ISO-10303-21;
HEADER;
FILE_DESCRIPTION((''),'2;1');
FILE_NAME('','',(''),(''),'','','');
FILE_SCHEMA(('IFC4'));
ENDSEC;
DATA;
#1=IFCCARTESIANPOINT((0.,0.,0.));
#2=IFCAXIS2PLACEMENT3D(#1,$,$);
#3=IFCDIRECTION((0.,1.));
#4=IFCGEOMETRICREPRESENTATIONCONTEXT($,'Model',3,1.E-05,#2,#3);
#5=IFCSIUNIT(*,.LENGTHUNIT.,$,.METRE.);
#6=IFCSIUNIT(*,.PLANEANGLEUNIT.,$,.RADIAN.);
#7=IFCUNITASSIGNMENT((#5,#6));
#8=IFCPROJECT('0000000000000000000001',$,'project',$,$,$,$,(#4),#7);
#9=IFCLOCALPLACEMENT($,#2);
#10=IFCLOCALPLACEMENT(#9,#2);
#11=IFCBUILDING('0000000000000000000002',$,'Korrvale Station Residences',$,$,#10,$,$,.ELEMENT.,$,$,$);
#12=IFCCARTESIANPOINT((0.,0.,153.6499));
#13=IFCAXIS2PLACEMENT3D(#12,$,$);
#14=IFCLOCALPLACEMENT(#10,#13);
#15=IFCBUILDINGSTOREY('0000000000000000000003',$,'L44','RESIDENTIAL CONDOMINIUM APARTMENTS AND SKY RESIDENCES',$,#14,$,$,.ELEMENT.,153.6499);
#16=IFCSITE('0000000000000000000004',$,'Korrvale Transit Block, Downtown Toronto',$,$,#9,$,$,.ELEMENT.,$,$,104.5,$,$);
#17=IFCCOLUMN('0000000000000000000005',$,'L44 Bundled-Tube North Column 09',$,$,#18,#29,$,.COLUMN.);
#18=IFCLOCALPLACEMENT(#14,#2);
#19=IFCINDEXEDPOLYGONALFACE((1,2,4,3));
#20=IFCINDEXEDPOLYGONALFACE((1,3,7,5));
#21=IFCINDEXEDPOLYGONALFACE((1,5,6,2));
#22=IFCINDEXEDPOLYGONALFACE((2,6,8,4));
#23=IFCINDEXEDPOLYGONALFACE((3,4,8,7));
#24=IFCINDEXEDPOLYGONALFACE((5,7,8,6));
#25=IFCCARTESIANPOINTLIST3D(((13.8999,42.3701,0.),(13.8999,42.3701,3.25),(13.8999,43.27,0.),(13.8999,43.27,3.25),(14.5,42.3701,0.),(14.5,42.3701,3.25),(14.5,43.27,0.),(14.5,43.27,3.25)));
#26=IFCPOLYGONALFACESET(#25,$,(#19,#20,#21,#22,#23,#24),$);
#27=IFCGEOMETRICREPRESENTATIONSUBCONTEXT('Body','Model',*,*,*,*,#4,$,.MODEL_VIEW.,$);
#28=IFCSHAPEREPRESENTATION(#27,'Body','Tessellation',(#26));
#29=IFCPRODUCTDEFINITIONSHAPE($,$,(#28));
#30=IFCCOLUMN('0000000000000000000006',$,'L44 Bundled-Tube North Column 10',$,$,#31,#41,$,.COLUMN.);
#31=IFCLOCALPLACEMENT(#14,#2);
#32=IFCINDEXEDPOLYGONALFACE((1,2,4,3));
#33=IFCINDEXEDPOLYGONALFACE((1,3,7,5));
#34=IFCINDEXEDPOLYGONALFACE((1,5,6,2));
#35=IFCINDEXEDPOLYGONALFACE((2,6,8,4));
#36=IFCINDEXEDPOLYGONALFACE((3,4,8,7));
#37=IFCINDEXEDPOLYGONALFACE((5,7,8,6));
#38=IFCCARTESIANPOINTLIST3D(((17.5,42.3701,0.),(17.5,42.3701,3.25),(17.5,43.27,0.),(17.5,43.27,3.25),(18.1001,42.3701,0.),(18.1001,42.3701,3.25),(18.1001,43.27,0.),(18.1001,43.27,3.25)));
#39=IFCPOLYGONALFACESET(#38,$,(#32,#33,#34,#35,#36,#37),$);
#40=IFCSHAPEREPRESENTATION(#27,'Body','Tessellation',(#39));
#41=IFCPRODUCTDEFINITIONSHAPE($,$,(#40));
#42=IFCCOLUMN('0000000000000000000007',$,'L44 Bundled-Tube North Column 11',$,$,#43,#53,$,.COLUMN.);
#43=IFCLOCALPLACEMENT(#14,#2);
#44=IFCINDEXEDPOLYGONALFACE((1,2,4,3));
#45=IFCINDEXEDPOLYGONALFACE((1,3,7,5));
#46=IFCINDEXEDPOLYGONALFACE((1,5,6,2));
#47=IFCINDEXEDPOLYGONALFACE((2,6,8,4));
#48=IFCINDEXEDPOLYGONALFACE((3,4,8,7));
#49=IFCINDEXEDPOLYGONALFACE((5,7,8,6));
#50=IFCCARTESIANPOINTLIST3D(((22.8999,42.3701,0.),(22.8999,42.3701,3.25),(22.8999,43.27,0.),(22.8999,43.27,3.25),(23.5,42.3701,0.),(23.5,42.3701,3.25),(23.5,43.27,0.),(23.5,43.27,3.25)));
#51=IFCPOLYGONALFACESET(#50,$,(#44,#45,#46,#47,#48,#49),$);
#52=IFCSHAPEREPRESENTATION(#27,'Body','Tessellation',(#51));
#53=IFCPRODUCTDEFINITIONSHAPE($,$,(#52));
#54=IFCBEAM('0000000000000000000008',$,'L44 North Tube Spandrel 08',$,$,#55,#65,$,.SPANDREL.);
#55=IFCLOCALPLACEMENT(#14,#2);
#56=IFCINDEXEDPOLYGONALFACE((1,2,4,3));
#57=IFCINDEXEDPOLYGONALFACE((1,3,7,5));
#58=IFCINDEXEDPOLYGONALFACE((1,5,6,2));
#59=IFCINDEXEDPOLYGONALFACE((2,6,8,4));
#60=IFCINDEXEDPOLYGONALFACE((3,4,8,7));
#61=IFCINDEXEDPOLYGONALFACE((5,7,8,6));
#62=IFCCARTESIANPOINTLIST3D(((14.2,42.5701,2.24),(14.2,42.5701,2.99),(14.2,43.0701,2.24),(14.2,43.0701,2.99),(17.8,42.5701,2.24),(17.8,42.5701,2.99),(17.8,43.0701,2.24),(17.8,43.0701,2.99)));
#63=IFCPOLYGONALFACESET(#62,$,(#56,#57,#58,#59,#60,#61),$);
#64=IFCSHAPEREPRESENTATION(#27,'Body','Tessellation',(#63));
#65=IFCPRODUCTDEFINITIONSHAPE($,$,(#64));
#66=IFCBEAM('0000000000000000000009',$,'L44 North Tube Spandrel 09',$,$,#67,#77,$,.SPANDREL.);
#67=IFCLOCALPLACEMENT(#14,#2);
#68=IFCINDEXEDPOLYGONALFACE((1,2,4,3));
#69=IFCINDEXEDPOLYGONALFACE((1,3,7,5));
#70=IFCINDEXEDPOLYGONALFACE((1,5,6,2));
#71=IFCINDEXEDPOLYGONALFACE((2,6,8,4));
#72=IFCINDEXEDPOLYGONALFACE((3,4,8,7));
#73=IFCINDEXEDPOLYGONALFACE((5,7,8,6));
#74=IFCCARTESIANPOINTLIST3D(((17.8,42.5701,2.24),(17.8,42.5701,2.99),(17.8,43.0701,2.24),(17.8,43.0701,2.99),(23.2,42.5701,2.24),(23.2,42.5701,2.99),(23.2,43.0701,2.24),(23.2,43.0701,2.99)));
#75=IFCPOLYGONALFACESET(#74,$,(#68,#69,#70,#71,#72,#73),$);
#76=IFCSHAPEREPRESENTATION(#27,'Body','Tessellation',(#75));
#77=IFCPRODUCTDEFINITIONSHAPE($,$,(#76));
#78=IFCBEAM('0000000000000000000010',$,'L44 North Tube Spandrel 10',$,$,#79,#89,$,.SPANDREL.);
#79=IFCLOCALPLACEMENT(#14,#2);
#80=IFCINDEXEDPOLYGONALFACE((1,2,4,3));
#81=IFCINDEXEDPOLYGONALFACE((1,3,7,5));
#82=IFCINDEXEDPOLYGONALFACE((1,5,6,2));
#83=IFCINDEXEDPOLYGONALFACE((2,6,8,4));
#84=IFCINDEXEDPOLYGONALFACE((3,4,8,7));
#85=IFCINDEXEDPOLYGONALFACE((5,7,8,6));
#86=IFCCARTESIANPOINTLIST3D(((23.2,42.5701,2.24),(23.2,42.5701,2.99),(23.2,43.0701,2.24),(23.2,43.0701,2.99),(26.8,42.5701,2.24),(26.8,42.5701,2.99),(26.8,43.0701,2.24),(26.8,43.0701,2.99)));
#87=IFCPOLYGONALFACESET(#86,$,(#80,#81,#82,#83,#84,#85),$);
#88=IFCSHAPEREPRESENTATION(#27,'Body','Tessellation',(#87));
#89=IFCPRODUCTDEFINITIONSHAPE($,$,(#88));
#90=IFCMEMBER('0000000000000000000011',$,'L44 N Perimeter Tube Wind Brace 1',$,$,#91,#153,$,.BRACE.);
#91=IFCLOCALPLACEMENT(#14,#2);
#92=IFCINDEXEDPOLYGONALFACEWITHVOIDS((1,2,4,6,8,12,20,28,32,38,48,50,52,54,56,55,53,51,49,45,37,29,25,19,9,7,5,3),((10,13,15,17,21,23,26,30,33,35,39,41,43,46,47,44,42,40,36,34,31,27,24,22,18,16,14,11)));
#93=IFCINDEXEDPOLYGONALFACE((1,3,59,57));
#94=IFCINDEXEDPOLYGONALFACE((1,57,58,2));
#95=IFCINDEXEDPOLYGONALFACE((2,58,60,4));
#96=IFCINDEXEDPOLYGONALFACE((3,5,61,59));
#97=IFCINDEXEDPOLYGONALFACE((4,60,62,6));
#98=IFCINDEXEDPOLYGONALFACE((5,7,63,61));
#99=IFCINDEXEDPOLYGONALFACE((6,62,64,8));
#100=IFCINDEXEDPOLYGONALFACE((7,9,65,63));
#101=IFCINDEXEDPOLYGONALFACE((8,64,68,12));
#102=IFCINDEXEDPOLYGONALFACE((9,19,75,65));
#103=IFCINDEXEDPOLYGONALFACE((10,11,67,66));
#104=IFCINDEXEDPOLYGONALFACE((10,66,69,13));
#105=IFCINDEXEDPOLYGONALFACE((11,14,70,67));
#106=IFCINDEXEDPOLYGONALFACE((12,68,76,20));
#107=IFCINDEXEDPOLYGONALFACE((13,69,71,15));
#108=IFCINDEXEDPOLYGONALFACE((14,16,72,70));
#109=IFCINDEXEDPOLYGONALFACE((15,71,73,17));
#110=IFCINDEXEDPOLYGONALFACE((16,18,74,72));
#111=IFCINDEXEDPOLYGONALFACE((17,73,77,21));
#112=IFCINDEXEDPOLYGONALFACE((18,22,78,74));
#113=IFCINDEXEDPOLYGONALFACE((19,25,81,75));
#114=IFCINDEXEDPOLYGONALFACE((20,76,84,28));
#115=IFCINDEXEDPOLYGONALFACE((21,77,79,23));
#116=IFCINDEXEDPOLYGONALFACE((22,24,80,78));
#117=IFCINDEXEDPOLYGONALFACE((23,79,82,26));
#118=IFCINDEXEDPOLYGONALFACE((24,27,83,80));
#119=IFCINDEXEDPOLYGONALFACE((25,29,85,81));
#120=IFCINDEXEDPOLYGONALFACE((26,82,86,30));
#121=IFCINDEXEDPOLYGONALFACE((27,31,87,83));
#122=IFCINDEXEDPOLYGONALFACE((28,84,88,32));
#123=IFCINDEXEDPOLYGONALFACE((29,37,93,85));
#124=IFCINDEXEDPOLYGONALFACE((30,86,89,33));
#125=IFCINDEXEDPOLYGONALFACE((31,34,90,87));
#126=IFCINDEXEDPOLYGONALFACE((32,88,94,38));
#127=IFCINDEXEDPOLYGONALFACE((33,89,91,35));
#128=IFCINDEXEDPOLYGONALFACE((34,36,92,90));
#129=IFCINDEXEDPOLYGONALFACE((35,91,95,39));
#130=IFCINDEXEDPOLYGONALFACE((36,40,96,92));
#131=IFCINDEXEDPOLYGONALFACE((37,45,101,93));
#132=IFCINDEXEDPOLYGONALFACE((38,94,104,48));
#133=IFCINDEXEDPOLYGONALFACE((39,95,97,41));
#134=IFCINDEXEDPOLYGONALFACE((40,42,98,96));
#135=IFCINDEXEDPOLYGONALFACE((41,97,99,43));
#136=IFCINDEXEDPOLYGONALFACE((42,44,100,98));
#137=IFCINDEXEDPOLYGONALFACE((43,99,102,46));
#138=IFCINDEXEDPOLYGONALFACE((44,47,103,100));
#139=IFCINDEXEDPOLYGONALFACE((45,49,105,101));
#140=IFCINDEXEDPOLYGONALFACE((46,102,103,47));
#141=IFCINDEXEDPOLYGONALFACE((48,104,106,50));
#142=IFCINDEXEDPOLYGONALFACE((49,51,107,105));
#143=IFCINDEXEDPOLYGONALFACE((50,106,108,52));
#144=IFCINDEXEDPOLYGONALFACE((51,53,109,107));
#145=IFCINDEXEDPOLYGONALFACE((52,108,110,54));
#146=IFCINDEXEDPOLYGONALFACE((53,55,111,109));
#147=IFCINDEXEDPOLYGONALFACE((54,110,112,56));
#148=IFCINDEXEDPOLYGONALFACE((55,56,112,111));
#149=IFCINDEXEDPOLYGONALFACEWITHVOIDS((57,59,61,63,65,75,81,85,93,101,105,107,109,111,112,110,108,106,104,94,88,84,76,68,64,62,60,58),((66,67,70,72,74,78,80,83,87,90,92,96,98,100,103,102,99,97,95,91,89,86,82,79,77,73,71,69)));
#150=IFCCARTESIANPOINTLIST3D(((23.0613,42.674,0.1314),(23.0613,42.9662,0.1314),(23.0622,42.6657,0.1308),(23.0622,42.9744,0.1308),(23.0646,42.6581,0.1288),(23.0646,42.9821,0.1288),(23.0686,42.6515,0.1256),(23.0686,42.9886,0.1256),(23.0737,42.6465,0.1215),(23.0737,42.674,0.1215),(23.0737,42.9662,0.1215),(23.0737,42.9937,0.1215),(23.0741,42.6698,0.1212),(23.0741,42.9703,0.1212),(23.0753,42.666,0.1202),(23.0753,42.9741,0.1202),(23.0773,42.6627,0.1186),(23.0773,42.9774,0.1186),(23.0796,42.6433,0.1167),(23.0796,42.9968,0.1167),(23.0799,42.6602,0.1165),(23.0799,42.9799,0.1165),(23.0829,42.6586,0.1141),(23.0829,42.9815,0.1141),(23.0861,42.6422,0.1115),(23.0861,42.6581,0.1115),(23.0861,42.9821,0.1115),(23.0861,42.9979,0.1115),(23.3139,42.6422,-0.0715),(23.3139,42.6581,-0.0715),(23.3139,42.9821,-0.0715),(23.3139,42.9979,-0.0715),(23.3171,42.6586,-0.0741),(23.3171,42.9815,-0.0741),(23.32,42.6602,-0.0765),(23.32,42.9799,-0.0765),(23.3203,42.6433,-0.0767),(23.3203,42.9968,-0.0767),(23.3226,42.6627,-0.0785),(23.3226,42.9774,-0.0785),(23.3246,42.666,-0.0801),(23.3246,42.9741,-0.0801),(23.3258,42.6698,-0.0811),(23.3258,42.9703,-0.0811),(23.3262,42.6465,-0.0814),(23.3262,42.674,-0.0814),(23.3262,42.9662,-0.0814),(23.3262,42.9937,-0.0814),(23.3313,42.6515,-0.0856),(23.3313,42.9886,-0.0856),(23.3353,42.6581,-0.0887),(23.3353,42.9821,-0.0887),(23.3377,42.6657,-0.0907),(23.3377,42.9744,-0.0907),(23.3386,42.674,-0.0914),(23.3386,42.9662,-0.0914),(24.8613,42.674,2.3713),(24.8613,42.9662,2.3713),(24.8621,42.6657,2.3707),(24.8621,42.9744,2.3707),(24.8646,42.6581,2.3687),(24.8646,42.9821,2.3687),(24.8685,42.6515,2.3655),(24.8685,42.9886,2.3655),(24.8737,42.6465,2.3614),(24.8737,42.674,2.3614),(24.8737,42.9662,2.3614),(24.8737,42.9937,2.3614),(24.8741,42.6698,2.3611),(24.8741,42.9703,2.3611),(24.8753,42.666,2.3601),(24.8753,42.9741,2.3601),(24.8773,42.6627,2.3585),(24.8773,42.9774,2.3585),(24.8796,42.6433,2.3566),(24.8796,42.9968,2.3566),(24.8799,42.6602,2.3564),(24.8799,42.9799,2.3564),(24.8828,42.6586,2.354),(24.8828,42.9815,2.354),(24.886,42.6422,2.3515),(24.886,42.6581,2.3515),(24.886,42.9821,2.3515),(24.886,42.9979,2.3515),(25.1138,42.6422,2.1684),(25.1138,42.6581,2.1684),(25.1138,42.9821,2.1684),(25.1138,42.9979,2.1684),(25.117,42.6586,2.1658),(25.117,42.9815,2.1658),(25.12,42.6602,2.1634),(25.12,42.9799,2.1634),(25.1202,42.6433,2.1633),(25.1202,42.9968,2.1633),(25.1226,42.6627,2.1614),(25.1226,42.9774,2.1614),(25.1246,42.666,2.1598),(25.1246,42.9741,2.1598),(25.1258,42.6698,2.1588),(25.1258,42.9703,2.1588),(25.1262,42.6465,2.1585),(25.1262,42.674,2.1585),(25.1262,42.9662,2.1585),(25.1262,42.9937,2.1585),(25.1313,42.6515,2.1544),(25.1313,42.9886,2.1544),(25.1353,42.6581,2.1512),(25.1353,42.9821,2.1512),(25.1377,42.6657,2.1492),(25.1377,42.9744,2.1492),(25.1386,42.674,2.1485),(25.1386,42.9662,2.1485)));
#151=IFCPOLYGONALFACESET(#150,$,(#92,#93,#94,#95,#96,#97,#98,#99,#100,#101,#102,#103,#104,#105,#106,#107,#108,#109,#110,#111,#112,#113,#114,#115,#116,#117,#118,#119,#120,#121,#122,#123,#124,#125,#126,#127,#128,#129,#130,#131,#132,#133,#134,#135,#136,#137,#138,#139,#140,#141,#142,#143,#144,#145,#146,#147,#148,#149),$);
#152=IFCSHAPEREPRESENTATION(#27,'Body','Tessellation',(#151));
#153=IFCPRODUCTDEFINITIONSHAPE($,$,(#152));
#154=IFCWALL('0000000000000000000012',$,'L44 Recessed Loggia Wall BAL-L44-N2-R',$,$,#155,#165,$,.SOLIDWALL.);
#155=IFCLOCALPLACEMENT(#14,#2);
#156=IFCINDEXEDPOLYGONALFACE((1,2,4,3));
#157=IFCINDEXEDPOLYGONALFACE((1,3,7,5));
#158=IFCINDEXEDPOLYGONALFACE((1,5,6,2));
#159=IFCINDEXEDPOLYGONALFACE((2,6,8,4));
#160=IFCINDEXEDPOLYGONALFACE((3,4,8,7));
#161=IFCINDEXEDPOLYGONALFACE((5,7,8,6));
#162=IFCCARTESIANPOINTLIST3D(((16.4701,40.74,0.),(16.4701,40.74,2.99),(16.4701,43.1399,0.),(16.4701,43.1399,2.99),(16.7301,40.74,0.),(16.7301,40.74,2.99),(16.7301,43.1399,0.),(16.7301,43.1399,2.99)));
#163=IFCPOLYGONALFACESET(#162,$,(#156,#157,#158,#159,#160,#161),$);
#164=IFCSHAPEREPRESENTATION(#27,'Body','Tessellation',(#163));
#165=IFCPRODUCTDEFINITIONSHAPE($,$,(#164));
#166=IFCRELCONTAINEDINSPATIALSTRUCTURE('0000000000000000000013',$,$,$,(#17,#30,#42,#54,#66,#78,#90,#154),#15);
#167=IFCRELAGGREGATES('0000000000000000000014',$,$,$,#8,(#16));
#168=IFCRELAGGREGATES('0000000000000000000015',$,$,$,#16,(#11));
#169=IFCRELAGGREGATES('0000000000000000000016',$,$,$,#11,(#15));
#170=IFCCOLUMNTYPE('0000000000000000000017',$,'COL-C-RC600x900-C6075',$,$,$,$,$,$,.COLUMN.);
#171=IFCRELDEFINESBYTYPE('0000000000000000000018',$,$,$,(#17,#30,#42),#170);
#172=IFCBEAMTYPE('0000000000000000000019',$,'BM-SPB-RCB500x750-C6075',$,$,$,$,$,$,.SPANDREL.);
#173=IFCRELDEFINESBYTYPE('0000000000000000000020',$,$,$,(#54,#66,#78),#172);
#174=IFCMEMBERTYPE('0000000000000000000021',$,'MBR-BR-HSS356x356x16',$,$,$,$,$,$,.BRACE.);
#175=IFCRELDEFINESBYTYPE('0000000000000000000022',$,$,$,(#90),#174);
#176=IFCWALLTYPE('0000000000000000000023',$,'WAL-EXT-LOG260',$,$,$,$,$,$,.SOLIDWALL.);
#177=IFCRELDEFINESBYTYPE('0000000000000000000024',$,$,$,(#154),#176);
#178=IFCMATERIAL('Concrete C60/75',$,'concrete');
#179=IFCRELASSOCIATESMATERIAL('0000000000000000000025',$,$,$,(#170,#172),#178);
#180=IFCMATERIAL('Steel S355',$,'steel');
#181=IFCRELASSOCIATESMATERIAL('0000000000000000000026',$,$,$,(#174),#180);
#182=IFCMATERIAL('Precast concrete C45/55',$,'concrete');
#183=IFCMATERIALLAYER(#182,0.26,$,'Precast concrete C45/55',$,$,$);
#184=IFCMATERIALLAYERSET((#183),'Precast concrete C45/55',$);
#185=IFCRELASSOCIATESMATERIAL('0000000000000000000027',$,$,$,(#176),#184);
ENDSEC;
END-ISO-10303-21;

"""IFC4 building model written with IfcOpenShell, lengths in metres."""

from ifc_helpers import new_model, si_unit, direction, frame, frame_2d, origin, origin_2d, place, context, subcontext, project, spatial, rectangle, hollow_rectangle, extrude, material, layer, layer_set, material_profile, profile_set, type_object, element, save


model = new_model("IFC4")

# Units and contexts
model_context = context("Model", 3, precision=1e-05, world=origin(), true_north=direction((0.0, 1.0)))
body_context = subcontext(model_context, "Body", "Model", "MODEL_VIEW")
ifc_project = project(units=[si_unit("LENGTHUNIT", "METRE"), si_unit("PLANEANGLEUNIT", "RADIAN")], contexts=[model_context])

# Site, building, storey
site_placement = place(None, origin())
site = spatial("IfcSite", under=ifc_project, at=site_placement, Name="Korrvale Transit Block, Downtown Toronto", CompositionType="ELEMENT", RefElevation=104.5)
building_placement = place(site_placement, origin())
building = spatial("IfcBuilding", under=site, at=building_placement, Name="Korrvale Station Residences", CompositionType="ELEMENT")
storey_placement = place(building_placement, frame((0.0, 0.0, 153.6499)))
storey = spatial("IfcBuildingStorey", under=building, at=storey_placement, Name="L44", Description="RESIDENTIAL CONDOMINIUM APARTMENTS AND SKY RESIDENCES", CompositionType="ELEMENT", Elevation=153.6499)

# Columns
ifc_material_1 = material(Name="Concrete C60/75", Category="concrete")
ifc_material_profile_1 = material_profile(ifc_material_1, rectangle(XDim=0.6001, YDim=0.8999, at=origin_2d()), Name="RC600x900")
ifc_profile_set_1 = profile_set([ifc_material_profile_1], Name="Concrete C60/75")
column_type = type_object("IfcColumnType", Name="COL-C-RC600x900-C6075", PredefinedType="COLUMN", material=ifc_profile_set_1)
for number, where, z_axis, x_axis, name in (
    (1, (14.2, 42.8201, 0.0), (0.0, 0.0, 1.0), (1.0, 0.0, 0.0), "L44 Bundled-Tube North Column 09"),
    (2, (17.8, 42.8201, 0.0), (0.0, 0.0, 1.0), (1.0, 0.0, 0.0), "L44 Bundled-Tube North Column 10"),
    (3, (23.2, 42.8201, 0.0), (0.0, 0.0, 1.0), (1.0, 0.0, 0.0), "L44 Bundled-Tube North Column 11"),
):
    element("IfcColumn", number, at=place(storey_placement, frame(where, z_axis=z_axis, x_axis=x_axis)), inside=storey, type_object=column_type, Name=name, PredefinedType="COLUMN", context=body_context, shape_type="SweptSolid", body=[
        extrude(rectangle(XDim=0.6001, YDim=0.8999, at=origin_2d()), origin(), (0.0, 0.0, 1.0), 3.25),
    ])

# Beams
ifc_material_profile_2 = material_profile(ifc_material_1, rectangle(XDim=0.5, YDim=0.75, at=origin_2d()), Name="RCB500x750")
ifc_profile_set_2 = profile_set([ifc_material_profile_2], Name="Concrete C60/75")
beam_type = type_object("IfcBeamType", Name="BM-SPB-RCB500x750-C6075", PredefinedType="SPANDREL", material=ifc_profile_set_2)
beam_1_placement = place(storey_placement, frame((14.2, 42.8201, 2.615), z_axis=(1.0, 0.0, 0.0), x_axis=(0.0, 1.0, 0.0)))
element("IfcBeam", 4, at=beam_1_placement, inside=storey, type_object=beam_type, Name="L44 North Tube Spandrel 08", PredefinedType="SPANDREL", context=body_context, shape_type="SweptSolid", body=[
    extrude(rectangle(XDim=0.5, YDim=0.75, at=origin_2d()), origin(), (0.0, 0.0, 1.0), 3.6001),
])
beam_2_placement = place(storey_placement, frame((17.8, 42.8201, 2.615), z_axis=(1.0, 0.0, 0.0), x_axis=(0.0, 1.0, 0.0)))
element("IfcBeam", 5, at=beam_2_placement, inside=storey, type_object=beam_type, Name="L44 North Tube Spandrel 09", PredefinedType="SPANDREL", context=body_context, shape_type="SweptSolid", body=[
    extrude(rectangle(XDim=0.5, YDim=0.75, at=origin_2d()), origin(), (0.0, 0.0, 1.0), 5.3999),
])
beam_3_placement = place(storey_placement, frame((23.2, 42.8201, 2.615), z_axis=(1.0, 0.0, 0.0), x_axis=(0.0, 1.0, 0.0)))
element("IfcBeam", 6, at=beam_3_placement, inside=storey, type_object=beam_type, Name="L44 North Tube Spandrel 10", PredefinedType="SPANDREL", context=body_context, shape_type="SweptSolid", body=[
    extrude(rectangle(XDim=0.5, YDim=0.75, at=origin_2d()), origin(), (0.0, 0.0, 1.0), 3.6001),
])

# Member
ifc_material_2 = material(Name="Steel S355", Category="steel")
ifc_material_profile_3 = material_profile(ifc_material_2, hollow_rectangle(XDim=0.3557, YDim=0.3557, WallThickness=0.0159, InnerFilletRadius=0.0159, OuterFilletRadius=0.0317, at=origin_2d()), Name="HSS356x356x16")
ifc_profile_set_3 = profile_set([ifc_material_profile_3], Name="Steel S355")
member_type = type_object("IfcMemberType", Name="MBR-BR-HSS356x356x16", PredefinedType="BRACE", material=ifc_profile_set_3)
member_placement = place(storey_placement, frame((23.2, 42.8201, 0.02), z_axis=(0.626403, 0.0, 0.779499), x_axis=(0.0, 1.0, 0.0)))
element("IfcMember", 7, at=member_placement, inside=storey, type_object=member_type, Name="L44 N Perimeter Tube Wind Brace 1", PredefinedType="BRACE", context=body_context, shape_type="SweptSolid", body=[
    extrude(hollow_rectangle(XDim=0.3557, YDim=0.3557, WallThickness=0.0159, InnerFilletRadius=0.0159, OuterFilletRadius=0.0317, at=origin_2d()), origin(), (0.0, 0.0, 1.0), 2.8735),
])

# Wall
ifc_material_3 = material(Name="Precast concrete C45/55", Category="concrete")
ifc_layer_1 = layer(ifc_material_3, 0.26, Name="Precast concrete C45/55")
ifc_layer_set_1 = layer_set([ifc_layer_1], Name="Precast concrete C45/55")
wall_type_1 = type_object("IfcWallType", Name="WAL-EXT-LOG260", PredefinedType="SOLIDWALL", material=ifc_layer_set_1)
wall_1_placement = place(storey_placement, frame((16.6001, 40.74, 0.0), z_axis=(0.0, 0.0, 1.0), x_axis=(0.0, 1.0, 0.0)))
element("IfcWall", 8, at=wall_1_placement, inside=storey, type_object=wall_type_1, Name="L44 Recessed Loggia Wall BAL-L44-N2-R", PredefinedType="SOLIDWALL", context=body_context, shape_type="SweptSolid", body=[
    extrude(rectangle(XDim=2.3999, YDim=0.26, at=frame_2d((1.2, 0.0))), origin(), (0.0, 0.0, 1.0), 2.99),
])

save(model, "model.ifc")
